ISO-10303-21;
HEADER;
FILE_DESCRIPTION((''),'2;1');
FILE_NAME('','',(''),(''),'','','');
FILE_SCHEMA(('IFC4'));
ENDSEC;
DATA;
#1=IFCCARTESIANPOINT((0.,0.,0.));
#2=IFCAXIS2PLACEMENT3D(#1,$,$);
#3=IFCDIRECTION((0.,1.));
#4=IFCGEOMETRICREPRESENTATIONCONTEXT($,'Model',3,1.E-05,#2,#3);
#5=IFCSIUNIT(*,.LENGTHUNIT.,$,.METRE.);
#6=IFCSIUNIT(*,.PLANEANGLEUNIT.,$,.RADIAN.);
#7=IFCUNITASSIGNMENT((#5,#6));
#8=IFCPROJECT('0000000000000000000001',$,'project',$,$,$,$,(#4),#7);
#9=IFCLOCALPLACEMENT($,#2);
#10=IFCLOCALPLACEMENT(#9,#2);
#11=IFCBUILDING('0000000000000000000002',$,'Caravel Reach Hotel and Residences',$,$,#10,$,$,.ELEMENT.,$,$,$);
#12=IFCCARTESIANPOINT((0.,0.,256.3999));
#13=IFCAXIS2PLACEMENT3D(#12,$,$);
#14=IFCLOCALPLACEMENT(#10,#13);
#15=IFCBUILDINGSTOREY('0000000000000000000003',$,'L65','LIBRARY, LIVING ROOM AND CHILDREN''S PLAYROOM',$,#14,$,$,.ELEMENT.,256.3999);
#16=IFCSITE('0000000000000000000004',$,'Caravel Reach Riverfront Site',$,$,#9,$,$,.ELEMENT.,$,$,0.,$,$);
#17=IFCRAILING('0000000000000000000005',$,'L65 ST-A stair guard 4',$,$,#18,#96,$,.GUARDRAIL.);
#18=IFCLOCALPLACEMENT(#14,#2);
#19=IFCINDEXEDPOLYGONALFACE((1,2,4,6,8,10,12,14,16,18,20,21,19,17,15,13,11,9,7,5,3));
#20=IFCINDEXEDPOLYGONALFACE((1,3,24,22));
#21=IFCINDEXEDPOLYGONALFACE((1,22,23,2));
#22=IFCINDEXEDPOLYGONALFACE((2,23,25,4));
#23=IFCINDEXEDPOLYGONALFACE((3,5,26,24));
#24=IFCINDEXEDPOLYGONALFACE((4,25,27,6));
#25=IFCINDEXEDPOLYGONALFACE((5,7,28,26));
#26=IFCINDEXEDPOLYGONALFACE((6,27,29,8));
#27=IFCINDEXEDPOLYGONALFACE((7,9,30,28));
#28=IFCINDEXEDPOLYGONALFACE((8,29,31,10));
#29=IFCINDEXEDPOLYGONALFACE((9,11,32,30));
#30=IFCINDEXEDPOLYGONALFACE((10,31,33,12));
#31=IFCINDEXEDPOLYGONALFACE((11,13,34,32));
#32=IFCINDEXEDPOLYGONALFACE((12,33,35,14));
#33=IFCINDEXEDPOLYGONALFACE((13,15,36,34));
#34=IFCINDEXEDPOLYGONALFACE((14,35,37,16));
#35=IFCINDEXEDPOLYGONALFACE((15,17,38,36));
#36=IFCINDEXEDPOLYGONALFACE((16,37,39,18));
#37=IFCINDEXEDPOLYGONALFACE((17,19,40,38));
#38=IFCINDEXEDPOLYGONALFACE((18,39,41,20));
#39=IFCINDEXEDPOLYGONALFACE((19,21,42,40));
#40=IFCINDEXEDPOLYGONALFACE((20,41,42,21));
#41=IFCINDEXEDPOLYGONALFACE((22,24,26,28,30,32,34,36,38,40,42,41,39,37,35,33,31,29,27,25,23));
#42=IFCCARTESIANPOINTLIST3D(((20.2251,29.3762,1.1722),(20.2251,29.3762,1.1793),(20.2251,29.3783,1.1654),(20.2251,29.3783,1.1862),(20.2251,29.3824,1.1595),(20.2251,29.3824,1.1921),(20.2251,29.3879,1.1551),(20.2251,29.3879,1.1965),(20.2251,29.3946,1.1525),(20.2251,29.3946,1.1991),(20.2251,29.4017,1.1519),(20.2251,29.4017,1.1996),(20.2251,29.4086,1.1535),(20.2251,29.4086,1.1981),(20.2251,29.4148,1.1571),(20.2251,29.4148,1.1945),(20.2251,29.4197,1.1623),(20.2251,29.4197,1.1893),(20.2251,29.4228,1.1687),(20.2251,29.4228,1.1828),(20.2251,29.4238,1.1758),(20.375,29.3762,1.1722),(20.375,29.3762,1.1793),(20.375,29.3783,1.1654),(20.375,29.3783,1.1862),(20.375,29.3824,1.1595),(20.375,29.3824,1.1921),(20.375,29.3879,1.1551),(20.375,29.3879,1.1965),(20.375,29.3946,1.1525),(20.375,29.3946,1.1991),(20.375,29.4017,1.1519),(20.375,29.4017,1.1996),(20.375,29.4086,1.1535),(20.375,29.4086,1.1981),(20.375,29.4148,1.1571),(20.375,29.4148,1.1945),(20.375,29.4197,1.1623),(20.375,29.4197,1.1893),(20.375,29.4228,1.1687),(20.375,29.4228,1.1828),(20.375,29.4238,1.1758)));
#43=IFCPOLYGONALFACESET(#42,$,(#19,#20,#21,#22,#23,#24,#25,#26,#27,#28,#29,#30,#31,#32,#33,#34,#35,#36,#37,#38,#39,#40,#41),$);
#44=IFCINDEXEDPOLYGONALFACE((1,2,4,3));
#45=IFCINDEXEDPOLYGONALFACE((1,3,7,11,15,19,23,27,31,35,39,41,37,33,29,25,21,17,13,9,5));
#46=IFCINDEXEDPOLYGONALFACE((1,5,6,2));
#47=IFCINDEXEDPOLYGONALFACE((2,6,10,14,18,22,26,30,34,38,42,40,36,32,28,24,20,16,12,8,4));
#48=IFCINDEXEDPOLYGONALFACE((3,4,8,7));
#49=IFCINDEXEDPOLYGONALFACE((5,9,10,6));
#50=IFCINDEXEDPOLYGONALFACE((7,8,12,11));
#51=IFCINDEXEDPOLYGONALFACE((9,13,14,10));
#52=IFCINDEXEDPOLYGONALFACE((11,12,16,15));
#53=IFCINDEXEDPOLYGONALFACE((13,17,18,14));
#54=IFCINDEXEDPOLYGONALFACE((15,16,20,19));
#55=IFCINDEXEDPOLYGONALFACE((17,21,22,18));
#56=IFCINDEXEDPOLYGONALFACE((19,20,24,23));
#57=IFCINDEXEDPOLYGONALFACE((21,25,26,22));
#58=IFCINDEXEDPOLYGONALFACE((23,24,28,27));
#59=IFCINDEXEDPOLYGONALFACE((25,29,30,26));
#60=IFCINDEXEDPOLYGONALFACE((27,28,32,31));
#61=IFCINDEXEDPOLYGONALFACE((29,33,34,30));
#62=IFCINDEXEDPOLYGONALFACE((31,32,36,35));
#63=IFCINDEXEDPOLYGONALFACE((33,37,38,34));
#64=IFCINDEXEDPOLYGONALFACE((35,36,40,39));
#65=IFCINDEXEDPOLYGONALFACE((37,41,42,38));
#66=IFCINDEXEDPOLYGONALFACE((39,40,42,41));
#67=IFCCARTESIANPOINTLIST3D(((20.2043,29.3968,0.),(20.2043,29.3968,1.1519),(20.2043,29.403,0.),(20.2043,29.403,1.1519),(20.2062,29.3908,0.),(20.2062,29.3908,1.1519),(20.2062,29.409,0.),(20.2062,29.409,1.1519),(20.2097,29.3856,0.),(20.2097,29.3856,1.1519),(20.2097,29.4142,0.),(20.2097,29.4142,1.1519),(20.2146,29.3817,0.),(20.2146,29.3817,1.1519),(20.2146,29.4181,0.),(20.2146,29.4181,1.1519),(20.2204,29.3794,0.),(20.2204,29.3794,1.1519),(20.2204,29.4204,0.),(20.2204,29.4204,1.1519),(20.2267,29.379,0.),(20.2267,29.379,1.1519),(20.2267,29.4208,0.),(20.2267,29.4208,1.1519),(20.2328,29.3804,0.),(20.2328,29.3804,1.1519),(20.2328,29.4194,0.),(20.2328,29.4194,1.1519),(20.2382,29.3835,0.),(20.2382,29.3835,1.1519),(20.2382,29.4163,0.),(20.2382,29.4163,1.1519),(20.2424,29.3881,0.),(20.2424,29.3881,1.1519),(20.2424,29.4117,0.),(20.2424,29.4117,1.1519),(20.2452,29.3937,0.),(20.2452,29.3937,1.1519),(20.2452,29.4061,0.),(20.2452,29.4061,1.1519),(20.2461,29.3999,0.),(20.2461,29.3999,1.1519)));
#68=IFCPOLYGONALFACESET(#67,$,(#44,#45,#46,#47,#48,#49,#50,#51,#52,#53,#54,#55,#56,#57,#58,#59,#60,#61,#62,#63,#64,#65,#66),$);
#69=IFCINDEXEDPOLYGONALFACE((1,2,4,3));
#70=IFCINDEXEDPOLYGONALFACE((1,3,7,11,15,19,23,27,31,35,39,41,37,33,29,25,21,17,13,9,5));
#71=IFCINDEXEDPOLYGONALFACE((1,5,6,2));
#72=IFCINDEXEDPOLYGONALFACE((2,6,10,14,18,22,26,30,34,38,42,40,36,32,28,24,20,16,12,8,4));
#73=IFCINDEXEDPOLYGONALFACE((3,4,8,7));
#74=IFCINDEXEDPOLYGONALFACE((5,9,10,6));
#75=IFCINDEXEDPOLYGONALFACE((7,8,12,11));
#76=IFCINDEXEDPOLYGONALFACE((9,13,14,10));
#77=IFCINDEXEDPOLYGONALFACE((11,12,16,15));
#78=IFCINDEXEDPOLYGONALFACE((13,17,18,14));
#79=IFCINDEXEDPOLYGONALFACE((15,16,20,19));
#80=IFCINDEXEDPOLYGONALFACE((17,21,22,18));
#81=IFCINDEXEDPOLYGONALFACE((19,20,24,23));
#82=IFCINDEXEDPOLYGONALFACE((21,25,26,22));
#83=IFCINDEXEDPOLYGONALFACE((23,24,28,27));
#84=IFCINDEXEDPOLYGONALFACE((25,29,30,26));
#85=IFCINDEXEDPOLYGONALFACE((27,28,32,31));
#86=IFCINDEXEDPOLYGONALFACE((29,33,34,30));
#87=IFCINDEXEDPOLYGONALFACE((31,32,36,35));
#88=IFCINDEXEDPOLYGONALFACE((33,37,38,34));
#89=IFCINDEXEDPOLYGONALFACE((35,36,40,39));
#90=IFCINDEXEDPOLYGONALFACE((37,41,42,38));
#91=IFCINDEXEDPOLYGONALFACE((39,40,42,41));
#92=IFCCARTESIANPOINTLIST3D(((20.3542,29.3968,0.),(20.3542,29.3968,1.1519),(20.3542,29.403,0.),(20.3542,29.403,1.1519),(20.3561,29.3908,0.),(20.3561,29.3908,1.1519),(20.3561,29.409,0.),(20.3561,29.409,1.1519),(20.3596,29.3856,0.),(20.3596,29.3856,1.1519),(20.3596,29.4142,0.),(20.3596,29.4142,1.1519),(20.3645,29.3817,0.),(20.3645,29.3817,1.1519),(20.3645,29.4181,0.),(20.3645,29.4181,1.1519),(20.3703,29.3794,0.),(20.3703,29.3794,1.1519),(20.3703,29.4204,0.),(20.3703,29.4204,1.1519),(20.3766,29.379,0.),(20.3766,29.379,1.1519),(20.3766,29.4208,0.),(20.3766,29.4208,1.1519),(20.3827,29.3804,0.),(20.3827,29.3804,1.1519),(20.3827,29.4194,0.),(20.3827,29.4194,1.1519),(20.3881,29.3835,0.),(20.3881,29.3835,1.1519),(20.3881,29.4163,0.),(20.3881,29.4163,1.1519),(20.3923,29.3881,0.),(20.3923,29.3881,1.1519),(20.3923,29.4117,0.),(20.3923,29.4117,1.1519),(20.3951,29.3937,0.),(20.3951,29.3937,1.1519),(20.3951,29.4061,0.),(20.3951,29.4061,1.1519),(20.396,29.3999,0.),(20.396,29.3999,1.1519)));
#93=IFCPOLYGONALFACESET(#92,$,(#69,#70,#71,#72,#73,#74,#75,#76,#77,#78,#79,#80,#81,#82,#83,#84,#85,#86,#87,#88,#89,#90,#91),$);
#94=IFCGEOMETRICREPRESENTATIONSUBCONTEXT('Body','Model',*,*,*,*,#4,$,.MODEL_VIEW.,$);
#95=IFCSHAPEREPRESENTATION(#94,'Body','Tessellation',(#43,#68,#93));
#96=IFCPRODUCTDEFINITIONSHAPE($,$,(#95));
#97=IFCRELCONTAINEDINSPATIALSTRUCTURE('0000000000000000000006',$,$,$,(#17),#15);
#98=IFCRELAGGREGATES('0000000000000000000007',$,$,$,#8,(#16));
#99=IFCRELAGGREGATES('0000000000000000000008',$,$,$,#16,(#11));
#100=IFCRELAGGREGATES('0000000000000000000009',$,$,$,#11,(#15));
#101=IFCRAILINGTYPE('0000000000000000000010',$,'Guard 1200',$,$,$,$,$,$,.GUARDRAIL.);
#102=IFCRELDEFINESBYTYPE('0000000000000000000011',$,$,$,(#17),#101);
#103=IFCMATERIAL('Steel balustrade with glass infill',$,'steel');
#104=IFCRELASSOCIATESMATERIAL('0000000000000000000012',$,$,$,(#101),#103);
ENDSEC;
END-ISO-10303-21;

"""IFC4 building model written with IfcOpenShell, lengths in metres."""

from ifc_helpers import new_model, si_unit, direction, frame, origin, origin_2d, place, context, subcontext, project, spatial, circle, extrude, material, type_object, element, save


model = new_model("IFC4")

# Units and contexts
model_context = context("Model", 3, precision=1e-05, world=origin(), true_north=direction((0.0, 1.0)))
body_context = subcontext(model_context, "Body", "Model", "MODEL_VIEW")
ifc_project = project(units=[si_unit("LENGTHUNIT", "METRE"), si_unit("PLANEANGLEUNIT", "RADIAN")], contexts=[model_context])

# Site, building, storey
site_placement = place(None, origin())
site = spatial("IfcSite", under=ifc_project, at=site_placement, Name="Caravel Reach Riverfront Site", CompositionType="ELEMENT", RefElevation=0.0)
building_placement = place(site_placement, origin())
building = spatial("IfcBuilding", under=site, at=building_placement, Name="Caravel Reach Hotel and Residences", CompositionType="ELEMENT")
storey_placement = place(building_placement, frame((0.0, 0.0, 256.3999)))
storey = spatial("IfcBuildingStorey", under=building, at=storey_placement, Name="L65", Description="LIBRARY, LIVING ROOM AND CHILDREN'S PLAYROOM", CompositionType="ELEMENT", Elevation=256.3999)

# Railing
ifc_material_1 = material(Name="Steel balustrade with glass infill", Category="steel")
railing_type_1 = type_object("IfcRailingType", Name="Guard 1200", PredefinedType="GUARDRAIL", material=ifc_material_1)
railing_1_placement = place(storey_placement, frame((20.2251, 29.3999, 0.0)))
element("IfcRailing", 1, at=railing_1_placement, inside=storey, type_object=railing_type_1, Name="L65 ST-A stair guard 4", PredefinedType="GUARDRAIL", context=body_context, shape_type="SweptSolid", body=[
    extrude(circle(Radius=0.0239, at=origin_2d()), frame((0.0, 0.0, 1.1758), z_axis=(1.0, 0.0, 0.0), x_axis=(0.0, 1.0, 0.0)), (0.0, 0.0, 1.0), 0.1499),
    extrude(circle(Radius=0.021, at=origin_2d()), origin(), (0.0, 0.0, 1.0), 1.1519),
    extrude(circle(Radius=0.021, at=origin_2d()), frame((0.1499, 0.0, 0.0)), (0.0, 0.0, 1.0), 1.1519),
])

save(model, "model.ifc")
